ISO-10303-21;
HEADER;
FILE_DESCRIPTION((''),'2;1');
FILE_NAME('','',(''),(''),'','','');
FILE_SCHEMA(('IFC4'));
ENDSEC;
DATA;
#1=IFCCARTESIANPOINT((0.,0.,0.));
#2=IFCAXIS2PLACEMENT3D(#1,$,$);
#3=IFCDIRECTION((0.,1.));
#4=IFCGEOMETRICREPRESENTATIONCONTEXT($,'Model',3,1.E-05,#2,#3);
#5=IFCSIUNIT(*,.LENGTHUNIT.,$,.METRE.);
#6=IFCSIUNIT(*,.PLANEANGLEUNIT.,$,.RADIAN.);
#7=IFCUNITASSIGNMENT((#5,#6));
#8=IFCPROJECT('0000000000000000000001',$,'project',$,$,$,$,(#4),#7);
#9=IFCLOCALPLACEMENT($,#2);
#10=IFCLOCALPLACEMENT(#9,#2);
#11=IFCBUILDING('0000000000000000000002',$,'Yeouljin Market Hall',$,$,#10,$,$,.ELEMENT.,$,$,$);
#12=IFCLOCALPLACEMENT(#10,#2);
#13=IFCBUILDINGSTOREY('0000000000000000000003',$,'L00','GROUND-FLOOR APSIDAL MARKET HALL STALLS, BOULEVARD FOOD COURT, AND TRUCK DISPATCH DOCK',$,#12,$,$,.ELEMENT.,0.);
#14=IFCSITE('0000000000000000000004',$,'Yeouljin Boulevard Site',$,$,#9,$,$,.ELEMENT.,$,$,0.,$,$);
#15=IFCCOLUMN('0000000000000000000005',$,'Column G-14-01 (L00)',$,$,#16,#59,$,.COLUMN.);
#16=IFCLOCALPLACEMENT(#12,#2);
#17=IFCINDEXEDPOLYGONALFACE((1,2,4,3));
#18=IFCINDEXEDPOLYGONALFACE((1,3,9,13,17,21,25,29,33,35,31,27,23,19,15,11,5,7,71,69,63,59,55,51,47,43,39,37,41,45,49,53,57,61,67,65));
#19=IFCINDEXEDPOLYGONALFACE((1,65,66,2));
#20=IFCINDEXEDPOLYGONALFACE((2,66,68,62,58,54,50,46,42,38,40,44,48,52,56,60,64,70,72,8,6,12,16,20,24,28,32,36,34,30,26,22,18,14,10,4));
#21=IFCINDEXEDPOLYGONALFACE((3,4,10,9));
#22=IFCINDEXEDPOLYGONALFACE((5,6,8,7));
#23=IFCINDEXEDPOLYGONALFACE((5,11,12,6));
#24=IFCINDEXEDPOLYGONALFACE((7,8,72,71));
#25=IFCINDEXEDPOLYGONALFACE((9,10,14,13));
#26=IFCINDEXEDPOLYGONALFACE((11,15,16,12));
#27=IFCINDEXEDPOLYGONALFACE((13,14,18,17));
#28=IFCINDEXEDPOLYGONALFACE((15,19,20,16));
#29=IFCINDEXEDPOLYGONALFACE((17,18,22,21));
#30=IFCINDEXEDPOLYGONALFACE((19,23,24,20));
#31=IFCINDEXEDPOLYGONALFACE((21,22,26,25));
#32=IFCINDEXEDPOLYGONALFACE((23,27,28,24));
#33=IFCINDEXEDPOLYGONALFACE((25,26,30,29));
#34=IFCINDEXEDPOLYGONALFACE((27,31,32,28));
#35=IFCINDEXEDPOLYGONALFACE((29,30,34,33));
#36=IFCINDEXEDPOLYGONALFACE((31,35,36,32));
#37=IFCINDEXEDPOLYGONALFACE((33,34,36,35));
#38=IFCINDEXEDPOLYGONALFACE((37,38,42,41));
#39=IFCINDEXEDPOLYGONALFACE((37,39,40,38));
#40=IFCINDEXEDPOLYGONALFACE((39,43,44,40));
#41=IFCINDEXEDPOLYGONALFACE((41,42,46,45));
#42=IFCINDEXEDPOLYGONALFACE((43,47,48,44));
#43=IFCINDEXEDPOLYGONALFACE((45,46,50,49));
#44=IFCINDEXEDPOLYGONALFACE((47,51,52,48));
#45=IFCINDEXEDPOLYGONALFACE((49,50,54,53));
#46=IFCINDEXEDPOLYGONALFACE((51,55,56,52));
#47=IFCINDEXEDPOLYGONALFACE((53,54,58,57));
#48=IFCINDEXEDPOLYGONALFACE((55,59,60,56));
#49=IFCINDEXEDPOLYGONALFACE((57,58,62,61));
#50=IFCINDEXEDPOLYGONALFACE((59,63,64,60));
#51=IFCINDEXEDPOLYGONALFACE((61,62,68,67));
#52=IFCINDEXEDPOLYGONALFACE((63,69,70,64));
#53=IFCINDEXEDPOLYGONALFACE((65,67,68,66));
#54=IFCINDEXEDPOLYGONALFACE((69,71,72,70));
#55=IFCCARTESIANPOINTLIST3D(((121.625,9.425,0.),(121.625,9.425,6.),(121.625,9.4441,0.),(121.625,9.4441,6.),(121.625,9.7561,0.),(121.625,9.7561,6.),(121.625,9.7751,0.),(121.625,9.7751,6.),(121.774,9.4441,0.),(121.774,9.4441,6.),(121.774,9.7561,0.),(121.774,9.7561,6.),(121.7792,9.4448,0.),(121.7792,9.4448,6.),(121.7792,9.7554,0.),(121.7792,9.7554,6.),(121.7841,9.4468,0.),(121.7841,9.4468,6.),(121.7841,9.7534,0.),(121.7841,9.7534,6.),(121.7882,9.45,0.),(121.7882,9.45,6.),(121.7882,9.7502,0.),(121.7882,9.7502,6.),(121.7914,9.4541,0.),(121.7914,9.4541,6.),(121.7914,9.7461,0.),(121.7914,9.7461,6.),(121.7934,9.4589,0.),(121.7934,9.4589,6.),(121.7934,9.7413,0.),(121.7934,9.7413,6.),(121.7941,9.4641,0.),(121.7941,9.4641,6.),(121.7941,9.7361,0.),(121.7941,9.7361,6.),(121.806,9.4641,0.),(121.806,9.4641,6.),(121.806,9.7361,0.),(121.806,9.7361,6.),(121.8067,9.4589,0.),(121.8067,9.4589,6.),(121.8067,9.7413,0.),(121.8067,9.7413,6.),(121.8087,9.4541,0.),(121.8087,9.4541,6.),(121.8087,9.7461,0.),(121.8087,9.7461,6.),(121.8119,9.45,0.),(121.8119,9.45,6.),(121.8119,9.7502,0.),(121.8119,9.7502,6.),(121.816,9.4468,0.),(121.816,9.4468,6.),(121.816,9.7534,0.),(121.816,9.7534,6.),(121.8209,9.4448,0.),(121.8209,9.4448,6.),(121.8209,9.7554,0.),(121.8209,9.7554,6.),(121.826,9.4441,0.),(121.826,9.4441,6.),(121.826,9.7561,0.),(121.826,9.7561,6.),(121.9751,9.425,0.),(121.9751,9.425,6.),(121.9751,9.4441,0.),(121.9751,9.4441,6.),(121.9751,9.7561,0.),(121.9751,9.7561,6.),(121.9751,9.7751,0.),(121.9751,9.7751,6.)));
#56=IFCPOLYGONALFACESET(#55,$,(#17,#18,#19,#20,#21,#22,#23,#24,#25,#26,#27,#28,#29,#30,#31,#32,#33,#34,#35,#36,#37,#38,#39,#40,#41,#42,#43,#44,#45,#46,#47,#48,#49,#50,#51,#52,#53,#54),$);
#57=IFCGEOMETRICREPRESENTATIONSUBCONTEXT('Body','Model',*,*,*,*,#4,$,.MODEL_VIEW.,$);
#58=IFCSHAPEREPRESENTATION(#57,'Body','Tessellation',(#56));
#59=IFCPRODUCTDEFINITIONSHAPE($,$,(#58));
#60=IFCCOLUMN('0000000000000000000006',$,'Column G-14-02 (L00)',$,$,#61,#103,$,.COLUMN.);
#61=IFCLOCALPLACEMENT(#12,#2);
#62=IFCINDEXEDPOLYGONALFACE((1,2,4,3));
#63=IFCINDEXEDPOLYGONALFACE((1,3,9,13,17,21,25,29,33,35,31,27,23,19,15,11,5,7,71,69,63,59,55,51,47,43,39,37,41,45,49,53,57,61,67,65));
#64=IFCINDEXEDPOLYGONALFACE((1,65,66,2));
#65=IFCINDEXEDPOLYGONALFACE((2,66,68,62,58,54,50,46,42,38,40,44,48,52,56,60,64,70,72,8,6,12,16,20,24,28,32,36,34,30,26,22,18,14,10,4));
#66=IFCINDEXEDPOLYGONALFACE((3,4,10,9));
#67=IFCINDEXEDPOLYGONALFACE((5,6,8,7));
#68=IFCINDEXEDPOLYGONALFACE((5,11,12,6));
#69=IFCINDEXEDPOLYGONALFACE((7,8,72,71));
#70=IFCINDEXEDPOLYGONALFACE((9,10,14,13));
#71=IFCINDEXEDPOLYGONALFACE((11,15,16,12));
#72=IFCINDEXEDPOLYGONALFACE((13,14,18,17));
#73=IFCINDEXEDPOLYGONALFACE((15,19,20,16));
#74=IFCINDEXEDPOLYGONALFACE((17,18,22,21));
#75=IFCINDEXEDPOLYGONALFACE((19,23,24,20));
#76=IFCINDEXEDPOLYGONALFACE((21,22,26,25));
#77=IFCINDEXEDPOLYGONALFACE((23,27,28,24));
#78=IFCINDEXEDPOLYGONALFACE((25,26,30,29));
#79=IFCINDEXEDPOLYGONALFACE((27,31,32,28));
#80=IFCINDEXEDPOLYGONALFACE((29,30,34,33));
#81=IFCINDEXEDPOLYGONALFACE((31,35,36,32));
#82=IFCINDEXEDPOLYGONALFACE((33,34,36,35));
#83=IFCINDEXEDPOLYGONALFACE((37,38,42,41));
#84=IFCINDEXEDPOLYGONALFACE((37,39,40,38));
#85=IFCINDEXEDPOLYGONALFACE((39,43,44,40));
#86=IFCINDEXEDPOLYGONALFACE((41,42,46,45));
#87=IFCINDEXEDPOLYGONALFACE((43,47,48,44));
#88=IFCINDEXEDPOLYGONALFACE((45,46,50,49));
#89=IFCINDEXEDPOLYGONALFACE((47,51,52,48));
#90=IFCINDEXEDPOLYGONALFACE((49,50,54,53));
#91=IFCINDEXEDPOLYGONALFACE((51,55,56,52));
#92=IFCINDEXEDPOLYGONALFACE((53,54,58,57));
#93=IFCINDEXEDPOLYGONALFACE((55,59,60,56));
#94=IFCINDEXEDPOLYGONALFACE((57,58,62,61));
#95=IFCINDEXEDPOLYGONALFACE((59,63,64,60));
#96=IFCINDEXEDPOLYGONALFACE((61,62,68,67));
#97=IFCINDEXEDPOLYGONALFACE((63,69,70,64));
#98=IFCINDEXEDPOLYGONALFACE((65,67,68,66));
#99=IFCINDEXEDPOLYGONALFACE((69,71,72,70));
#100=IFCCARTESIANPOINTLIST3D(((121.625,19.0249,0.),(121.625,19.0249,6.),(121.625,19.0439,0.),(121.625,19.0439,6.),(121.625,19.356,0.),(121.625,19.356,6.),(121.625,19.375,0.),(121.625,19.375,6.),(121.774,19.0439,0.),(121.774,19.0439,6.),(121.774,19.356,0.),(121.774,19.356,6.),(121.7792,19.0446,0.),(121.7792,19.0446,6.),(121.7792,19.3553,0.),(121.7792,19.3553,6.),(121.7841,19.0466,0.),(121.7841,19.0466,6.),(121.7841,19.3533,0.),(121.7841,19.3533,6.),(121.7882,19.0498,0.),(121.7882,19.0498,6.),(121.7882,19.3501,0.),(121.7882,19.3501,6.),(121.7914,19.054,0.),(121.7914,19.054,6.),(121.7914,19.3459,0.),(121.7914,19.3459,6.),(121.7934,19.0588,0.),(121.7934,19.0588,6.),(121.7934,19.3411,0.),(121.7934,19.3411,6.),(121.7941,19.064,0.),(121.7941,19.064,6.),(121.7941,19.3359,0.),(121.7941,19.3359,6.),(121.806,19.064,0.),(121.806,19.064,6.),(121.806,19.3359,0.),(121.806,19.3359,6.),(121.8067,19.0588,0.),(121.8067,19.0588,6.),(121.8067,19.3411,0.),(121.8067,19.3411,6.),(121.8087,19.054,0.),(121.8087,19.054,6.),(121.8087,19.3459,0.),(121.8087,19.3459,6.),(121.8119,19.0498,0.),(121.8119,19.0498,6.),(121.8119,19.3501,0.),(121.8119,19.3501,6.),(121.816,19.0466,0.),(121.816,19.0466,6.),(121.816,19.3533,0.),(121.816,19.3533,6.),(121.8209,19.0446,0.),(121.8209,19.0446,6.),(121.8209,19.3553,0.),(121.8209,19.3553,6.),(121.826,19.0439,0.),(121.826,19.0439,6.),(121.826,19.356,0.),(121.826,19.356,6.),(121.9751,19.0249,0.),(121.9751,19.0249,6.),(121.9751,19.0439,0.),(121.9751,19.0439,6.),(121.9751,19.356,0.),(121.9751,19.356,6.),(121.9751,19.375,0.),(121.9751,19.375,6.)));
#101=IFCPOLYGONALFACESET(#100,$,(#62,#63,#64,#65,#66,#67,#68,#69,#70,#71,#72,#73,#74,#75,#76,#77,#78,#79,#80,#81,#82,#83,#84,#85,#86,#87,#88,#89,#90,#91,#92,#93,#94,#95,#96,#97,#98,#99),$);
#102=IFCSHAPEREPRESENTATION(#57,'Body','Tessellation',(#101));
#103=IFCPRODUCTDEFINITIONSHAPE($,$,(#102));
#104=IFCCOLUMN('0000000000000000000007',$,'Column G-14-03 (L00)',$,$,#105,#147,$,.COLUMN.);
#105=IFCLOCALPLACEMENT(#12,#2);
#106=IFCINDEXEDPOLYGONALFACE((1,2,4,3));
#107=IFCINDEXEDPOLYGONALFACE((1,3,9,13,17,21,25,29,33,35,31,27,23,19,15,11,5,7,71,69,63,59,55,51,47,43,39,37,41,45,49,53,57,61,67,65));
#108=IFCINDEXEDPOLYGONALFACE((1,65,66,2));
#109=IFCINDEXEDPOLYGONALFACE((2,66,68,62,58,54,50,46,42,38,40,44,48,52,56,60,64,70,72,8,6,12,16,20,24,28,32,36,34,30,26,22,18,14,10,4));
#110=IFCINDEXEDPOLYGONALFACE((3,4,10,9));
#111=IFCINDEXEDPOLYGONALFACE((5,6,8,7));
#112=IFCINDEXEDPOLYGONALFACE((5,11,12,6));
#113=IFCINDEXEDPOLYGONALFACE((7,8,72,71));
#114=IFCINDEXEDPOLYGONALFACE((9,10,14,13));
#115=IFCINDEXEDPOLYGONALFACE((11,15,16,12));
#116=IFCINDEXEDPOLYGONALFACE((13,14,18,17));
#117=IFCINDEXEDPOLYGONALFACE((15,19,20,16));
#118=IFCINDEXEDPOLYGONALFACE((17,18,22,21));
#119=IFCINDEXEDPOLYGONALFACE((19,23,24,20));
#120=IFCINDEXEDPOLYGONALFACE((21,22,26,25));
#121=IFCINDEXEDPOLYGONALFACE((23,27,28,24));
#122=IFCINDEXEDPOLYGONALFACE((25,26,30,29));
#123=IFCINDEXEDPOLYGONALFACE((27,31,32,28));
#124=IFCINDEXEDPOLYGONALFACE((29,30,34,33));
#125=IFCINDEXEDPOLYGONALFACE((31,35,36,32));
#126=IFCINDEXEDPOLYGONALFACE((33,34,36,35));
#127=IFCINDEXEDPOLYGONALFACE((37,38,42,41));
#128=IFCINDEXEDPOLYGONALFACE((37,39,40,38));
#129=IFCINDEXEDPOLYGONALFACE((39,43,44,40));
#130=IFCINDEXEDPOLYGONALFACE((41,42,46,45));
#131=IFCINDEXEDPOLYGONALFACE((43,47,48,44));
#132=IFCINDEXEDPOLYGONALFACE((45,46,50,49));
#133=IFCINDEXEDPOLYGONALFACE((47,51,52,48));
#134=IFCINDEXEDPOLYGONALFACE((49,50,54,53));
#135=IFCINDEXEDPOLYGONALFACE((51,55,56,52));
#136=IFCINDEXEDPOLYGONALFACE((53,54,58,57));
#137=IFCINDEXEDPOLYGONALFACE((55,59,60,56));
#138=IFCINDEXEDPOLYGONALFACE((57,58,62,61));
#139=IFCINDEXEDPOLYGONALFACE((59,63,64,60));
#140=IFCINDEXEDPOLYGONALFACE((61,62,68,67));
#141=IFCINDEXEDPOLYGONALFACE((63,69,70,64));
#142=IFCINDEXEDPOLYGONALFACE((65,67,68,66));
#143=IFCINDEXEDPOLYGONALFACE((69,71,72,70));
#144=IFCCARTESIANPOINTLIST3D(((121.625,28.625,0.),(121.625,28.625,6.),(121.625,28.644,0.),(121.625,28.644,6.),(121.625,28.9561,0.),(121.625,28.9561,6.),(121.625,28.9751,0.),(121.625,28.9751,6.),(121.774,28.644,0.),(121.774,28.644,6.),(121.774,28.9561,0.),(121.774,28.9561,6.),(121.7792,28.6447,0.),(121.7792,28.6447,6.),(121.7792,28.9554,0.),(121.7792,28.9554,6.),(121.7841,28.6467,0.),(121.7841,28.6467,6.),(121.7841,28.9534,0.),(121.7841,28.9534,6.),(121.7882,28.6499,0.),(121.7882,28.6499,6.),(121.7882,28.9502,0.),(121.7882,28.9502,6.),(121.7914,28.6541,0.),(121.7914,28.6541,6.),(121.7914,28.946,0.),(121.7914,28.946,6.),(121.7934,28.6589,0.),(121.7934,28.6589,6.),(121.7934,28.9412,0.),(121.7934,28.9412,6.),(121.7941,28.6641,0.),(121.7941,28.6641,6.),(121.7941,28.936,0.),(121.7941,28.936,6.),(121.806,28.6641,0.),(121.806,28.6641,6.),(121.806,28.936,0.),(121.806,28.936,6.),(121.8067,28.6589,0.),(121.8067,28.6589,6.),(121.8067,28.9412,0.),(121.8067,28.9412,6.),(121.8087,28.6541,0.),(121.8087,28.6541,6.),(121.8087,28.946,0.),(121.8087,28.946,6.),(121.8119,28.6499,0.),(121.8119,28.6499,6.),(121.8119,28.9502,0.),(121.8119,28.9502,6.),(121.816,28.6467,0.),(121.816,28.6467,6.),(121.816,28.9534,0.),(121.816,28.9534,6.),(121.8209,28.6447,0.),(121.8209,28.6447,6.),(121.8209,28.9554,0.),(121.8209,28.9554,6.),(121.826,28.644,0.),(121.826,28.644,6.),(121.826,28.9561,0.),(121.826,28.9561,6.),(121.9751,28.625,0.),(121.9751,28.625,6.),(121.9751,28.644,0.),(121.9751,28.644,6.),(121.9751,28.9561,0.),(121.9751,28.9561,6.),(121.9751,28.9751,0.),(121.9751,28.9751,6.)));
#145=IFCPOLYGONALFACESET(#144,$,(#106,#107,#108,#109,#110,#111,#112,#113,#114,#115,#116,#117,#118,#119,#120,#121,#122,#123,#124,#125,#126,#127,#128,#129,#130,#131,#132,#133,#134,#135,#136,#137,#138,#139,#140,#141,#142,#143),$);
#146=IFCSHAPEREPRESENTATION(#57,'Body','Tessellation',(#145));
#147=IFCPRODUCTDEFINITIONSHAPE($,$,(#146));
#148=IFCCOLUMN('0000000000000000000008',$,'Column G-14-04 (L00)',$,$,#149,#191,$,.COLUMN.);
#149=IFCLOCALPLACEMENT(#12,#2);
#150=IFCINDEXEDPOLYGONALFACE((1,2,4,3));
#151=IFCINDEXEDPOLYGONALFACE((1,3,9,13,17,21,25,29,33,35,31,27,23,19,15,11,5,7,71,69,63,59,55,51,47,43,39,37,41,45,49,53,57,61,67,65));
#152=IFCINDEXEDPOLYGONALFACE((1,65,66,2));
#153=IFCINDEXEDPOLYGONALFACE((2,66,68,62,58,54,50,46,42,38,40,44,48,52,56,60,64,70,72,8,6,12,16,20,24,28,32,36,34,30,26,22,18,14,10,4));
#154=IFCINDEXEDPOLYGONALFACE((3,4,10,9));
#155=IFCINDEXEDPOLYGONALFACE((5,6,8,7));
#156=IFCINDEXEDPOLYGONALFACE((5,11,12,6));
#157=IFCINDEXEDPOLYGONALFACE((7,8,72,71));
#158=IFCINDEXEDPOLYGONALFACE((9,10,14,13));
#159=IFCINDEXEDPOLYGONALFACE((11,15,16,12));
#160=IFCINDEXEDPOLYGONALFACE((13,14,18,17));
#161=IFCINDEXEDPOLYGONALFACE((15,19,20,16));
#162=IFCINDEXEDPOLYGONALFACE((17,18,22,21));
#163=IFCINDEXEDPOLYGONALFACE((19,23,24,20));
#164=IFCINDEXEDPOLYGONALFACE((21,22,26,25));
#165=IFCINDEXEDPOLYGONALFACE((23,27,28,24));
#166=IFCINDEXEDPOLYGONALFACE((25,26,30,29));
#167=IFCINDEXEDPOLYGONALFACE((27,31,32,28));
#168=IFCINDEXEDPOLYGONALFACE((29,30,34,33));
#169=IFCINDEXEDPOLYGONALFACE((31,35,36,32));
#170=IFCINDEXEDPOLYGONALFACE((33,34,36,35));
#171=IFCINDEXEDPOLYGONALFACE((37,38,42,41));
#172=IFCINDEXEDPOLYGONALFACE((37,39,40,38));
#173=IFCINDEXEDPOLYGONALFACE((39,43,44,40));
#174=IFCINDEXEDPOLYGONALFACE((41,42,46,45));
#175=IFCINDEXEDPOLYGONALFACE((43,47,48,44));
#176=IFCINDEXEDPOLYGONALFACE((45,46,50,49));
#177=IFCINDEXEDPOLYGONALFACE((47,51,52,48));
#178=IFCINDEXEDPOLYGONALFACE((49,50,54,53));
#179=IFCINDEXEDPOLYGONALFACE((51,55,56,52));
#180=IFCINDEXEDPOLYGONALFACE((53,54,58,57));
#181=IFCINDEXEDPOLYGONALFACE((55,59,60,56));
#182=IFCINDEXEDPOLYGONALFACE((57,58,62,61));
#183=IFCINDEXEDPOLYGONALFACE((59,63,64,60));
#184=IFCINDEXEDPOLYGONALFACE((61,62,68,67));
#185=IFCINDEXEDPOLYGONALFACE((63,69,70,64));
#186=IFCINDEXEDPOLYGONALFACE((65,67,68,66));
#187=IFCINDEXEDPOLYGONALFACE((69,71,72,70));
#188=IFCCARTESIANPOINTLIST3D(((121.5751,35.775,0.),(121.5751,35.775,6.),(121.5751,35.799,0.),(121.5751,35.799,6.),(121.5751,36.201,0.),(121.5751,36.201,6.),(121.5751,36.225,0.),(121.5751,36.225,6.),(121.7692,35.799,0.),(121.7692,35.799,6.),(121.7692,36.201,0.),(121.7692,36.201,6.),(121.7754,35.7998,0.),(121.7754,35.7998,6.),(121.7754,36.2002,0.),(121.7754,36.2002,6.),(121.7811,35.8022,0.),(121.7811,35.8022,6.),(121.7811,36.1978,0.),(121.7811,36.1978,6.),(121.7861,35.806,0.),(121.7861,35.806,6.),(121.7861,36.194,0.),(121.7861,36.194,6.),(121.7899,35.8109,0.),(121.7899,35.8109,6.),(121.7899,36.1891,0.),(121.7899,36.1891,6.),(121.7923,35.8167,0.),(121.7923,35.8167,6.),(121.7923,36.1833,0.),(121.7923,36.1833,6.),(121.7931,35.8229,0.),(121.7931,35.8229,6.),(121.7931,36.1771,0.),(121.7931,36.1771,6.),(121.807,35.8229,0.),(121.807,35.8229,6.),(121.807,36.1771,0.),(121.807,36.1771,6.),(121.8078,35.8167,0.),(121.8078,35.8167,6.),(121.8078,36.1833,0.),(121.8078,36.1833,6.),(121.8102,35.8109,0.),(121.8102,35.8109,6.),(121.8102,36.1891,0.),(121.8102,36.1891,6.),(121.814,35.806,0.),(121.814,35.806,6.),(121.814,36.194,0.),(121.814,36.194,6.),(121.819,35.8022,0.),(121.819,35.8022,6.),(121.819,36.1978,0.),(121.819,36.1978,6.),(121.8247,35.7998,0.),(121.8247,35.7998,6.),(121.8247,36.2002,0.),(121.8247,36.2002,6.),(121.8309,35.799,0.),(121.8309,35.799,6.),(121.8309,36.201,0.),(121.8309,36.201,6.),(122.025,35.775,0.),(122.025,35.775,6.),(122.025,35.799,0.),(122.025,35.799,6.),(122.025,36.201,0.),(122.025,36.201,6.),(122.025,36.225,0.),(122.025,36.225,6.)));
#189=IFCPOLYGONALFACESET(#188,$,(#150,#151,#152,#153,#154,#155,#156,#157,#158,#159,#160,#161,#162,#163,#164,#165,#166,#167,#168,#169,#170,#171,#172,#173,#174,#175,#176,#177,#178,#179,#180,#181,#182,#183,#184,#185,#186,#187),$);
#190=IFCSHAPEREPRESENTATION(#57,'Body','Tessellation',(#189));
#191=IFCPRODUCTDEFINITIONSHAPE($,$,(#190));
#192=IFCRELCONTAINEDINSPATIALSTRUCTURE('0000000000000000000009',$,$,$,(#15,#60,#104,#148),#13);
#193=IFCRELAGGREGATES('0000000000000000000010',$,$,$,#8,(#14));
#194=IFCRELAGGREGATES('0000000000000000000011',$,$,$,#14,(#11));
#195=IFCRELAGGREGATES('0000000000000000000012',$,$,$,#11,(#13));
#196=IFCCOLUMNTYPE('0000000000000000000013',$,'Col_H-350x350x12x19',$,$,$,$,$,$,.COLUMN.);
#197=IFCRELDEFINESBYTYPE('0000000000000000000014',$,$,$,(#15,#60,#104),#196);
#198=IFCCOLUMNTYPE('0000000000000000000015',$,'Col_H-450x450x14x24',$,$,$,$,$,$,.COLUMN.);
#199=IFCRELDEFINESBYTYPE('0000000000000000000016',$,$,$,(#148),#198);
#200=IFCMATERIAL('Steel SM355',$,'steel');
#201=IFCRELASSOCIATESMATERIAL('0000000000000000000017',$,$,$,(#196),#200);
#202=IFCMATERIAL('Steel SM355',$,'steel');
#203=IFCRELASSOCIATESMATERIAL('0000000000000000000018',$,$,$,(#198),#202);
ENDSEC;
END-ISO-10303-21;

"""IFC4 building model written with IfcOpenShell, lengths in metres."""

from ifc_helpers import new_model, si_unit, direction, frame, origin, origin_2d, place, context, subcontext, project, spatial, i_section, extrude, material, material_profile, profile_set, type_object, element, save


model = new_model("IFC4")

# Units and contexts
model_context = context("Model", 3, precision=1e-05, world=origin(), true_north=direction((0.0, 1.0)))
body_context = subcontext(model_context, "Body", "Model", "MODEL_VIEW")
ifc_project = project(units=[si_unit("LENGTHUNIT", "METRE"), si_unit("PLANEANGLEUNIT", "RADIAN")], contexts=[model_context])

# Site, building, storey
site_placement = place(None, origin())
site = spatial("IfcSite", under=ifc_project, at=site_placement, Name="Yeouljin Boulevard Site", CompositionType="ELEMENT", RefElevation=0.0)
building_placement = place(site_placement, origin())
building = spatial("IfcBuilding", under=site, at=building_placement, Name="Yeouljin Market Hall", CompositionType="ELEMENT")
storey_placement = place(building_placement, origin())
storey = spatial("IfcBuildingStorey", under=building, at=storey_placement, Name="L00", Description="GROUND-FLOOR APSIDAL MARKET HALL STALLS, BOULEVARD FOOD COURT, AND TRUCK DISPATCH DOCK", CompositionType="ELEMENT", Elevation=0.0)

# Columns
ifc_material_1 = material(Name="Steel SM355", Category="steel")
ifc_material_profile_1 = material_profile(ifc_material_1, i_section(OverallWidth=0.3501, OverallDepth=0.3501, WebThickness=0.012, FlangeThickness=0.019, FilletRadius=0.02, at=origin_2d()), Name="H-350x350x12x19")
ifc_profile_set_1 = profile_set([ifc_material_profile_1], Name="Steel SM355")
column_type_1 = type_object("IfcColumnType", Name="Col_H-350x350x12x19", PredefinedType="COLUMN", material=ifc_profile_set_1)
for number, where, z_axis, x_axis, name in (
    (1, (121.8, 9.6001, 0.0), (0.0, 0.0, 1.0), (1.0, 0.0, 0.0), "Column G-14-01 (L00)"),
    (2, (121.8, 19.2, 0.0), (0.0, 0.0, 1.0), (1.0, 0.0, 0.0), "Column G-14-02 (L00)"),
    (3, (121.8, 28.8, 0.0), (0.0, 0.0, 1.0), (1.0, 0.0, 0.0), "Column G-14-03 (L00)"),
):
    element("IfcColumn", number, at=place(storey_placement, frame(where, z_axis=z_axis, x_axis=x_axis)), inside=storey, type_object=column_type_1, Name=name, PredefinedType="COLUMN", context=body_context, shape_type="SweptSolid", body=[
        extrude(i_section(OverallWidth=0.3501, OverallDepth=0.3501, WebThickness=0.012, FlangeThickness=0.019, FilletRadius=0.02, at=origin_2d()), origin(), (0.0, 0.0, 1.0), 6.0),
    ])
ifc_material_2 = material(Name="Steel SM355", Category="steel")
ifc_material_profile_2 = material_profile(ifc_material_2, i_section(OverallWidth=0.45, OverallDepth=0.45, WebThickness=0.0139, FlangeThickness=0.0239, FilletRadius=0.0239, at=origin_2d()), Name="H-450x450x14x24")
ifc_profile_set_2 = profile_set([ifc_material_profile_2], Name="Steel SM355")
column_type_2 = type_object("IfcColumnType", Name="Col_H-450x450x14x24", PredefinedType="COLUMN", material=ifc_profile_set_2)
column_placement = place(storey_placement, frame((121.8, 36.0, 0.0), z_axis=(0.0, 0.0, 1.0), x_axis=(1.0, 0.0, 0.0)))
element("IfcColumn", 4, at=column_placement, inside=storey, type_object=column_type_2, Name="Column G-14-04 (L00)", PredefinedType="COLUMN", context=body_context, shape_type="SweptSolid", body=[
    extrude(i_section(OverallWidth=0.45, OverallDepth=0.45, WebThickness=0.0139, FlangeThickness=0.0239, FilletRadius=0.0239, at=origin_2d()), origin(), (0.0, 0.0, 1.0), 6.0),
])

save(model, "model.ifc")
